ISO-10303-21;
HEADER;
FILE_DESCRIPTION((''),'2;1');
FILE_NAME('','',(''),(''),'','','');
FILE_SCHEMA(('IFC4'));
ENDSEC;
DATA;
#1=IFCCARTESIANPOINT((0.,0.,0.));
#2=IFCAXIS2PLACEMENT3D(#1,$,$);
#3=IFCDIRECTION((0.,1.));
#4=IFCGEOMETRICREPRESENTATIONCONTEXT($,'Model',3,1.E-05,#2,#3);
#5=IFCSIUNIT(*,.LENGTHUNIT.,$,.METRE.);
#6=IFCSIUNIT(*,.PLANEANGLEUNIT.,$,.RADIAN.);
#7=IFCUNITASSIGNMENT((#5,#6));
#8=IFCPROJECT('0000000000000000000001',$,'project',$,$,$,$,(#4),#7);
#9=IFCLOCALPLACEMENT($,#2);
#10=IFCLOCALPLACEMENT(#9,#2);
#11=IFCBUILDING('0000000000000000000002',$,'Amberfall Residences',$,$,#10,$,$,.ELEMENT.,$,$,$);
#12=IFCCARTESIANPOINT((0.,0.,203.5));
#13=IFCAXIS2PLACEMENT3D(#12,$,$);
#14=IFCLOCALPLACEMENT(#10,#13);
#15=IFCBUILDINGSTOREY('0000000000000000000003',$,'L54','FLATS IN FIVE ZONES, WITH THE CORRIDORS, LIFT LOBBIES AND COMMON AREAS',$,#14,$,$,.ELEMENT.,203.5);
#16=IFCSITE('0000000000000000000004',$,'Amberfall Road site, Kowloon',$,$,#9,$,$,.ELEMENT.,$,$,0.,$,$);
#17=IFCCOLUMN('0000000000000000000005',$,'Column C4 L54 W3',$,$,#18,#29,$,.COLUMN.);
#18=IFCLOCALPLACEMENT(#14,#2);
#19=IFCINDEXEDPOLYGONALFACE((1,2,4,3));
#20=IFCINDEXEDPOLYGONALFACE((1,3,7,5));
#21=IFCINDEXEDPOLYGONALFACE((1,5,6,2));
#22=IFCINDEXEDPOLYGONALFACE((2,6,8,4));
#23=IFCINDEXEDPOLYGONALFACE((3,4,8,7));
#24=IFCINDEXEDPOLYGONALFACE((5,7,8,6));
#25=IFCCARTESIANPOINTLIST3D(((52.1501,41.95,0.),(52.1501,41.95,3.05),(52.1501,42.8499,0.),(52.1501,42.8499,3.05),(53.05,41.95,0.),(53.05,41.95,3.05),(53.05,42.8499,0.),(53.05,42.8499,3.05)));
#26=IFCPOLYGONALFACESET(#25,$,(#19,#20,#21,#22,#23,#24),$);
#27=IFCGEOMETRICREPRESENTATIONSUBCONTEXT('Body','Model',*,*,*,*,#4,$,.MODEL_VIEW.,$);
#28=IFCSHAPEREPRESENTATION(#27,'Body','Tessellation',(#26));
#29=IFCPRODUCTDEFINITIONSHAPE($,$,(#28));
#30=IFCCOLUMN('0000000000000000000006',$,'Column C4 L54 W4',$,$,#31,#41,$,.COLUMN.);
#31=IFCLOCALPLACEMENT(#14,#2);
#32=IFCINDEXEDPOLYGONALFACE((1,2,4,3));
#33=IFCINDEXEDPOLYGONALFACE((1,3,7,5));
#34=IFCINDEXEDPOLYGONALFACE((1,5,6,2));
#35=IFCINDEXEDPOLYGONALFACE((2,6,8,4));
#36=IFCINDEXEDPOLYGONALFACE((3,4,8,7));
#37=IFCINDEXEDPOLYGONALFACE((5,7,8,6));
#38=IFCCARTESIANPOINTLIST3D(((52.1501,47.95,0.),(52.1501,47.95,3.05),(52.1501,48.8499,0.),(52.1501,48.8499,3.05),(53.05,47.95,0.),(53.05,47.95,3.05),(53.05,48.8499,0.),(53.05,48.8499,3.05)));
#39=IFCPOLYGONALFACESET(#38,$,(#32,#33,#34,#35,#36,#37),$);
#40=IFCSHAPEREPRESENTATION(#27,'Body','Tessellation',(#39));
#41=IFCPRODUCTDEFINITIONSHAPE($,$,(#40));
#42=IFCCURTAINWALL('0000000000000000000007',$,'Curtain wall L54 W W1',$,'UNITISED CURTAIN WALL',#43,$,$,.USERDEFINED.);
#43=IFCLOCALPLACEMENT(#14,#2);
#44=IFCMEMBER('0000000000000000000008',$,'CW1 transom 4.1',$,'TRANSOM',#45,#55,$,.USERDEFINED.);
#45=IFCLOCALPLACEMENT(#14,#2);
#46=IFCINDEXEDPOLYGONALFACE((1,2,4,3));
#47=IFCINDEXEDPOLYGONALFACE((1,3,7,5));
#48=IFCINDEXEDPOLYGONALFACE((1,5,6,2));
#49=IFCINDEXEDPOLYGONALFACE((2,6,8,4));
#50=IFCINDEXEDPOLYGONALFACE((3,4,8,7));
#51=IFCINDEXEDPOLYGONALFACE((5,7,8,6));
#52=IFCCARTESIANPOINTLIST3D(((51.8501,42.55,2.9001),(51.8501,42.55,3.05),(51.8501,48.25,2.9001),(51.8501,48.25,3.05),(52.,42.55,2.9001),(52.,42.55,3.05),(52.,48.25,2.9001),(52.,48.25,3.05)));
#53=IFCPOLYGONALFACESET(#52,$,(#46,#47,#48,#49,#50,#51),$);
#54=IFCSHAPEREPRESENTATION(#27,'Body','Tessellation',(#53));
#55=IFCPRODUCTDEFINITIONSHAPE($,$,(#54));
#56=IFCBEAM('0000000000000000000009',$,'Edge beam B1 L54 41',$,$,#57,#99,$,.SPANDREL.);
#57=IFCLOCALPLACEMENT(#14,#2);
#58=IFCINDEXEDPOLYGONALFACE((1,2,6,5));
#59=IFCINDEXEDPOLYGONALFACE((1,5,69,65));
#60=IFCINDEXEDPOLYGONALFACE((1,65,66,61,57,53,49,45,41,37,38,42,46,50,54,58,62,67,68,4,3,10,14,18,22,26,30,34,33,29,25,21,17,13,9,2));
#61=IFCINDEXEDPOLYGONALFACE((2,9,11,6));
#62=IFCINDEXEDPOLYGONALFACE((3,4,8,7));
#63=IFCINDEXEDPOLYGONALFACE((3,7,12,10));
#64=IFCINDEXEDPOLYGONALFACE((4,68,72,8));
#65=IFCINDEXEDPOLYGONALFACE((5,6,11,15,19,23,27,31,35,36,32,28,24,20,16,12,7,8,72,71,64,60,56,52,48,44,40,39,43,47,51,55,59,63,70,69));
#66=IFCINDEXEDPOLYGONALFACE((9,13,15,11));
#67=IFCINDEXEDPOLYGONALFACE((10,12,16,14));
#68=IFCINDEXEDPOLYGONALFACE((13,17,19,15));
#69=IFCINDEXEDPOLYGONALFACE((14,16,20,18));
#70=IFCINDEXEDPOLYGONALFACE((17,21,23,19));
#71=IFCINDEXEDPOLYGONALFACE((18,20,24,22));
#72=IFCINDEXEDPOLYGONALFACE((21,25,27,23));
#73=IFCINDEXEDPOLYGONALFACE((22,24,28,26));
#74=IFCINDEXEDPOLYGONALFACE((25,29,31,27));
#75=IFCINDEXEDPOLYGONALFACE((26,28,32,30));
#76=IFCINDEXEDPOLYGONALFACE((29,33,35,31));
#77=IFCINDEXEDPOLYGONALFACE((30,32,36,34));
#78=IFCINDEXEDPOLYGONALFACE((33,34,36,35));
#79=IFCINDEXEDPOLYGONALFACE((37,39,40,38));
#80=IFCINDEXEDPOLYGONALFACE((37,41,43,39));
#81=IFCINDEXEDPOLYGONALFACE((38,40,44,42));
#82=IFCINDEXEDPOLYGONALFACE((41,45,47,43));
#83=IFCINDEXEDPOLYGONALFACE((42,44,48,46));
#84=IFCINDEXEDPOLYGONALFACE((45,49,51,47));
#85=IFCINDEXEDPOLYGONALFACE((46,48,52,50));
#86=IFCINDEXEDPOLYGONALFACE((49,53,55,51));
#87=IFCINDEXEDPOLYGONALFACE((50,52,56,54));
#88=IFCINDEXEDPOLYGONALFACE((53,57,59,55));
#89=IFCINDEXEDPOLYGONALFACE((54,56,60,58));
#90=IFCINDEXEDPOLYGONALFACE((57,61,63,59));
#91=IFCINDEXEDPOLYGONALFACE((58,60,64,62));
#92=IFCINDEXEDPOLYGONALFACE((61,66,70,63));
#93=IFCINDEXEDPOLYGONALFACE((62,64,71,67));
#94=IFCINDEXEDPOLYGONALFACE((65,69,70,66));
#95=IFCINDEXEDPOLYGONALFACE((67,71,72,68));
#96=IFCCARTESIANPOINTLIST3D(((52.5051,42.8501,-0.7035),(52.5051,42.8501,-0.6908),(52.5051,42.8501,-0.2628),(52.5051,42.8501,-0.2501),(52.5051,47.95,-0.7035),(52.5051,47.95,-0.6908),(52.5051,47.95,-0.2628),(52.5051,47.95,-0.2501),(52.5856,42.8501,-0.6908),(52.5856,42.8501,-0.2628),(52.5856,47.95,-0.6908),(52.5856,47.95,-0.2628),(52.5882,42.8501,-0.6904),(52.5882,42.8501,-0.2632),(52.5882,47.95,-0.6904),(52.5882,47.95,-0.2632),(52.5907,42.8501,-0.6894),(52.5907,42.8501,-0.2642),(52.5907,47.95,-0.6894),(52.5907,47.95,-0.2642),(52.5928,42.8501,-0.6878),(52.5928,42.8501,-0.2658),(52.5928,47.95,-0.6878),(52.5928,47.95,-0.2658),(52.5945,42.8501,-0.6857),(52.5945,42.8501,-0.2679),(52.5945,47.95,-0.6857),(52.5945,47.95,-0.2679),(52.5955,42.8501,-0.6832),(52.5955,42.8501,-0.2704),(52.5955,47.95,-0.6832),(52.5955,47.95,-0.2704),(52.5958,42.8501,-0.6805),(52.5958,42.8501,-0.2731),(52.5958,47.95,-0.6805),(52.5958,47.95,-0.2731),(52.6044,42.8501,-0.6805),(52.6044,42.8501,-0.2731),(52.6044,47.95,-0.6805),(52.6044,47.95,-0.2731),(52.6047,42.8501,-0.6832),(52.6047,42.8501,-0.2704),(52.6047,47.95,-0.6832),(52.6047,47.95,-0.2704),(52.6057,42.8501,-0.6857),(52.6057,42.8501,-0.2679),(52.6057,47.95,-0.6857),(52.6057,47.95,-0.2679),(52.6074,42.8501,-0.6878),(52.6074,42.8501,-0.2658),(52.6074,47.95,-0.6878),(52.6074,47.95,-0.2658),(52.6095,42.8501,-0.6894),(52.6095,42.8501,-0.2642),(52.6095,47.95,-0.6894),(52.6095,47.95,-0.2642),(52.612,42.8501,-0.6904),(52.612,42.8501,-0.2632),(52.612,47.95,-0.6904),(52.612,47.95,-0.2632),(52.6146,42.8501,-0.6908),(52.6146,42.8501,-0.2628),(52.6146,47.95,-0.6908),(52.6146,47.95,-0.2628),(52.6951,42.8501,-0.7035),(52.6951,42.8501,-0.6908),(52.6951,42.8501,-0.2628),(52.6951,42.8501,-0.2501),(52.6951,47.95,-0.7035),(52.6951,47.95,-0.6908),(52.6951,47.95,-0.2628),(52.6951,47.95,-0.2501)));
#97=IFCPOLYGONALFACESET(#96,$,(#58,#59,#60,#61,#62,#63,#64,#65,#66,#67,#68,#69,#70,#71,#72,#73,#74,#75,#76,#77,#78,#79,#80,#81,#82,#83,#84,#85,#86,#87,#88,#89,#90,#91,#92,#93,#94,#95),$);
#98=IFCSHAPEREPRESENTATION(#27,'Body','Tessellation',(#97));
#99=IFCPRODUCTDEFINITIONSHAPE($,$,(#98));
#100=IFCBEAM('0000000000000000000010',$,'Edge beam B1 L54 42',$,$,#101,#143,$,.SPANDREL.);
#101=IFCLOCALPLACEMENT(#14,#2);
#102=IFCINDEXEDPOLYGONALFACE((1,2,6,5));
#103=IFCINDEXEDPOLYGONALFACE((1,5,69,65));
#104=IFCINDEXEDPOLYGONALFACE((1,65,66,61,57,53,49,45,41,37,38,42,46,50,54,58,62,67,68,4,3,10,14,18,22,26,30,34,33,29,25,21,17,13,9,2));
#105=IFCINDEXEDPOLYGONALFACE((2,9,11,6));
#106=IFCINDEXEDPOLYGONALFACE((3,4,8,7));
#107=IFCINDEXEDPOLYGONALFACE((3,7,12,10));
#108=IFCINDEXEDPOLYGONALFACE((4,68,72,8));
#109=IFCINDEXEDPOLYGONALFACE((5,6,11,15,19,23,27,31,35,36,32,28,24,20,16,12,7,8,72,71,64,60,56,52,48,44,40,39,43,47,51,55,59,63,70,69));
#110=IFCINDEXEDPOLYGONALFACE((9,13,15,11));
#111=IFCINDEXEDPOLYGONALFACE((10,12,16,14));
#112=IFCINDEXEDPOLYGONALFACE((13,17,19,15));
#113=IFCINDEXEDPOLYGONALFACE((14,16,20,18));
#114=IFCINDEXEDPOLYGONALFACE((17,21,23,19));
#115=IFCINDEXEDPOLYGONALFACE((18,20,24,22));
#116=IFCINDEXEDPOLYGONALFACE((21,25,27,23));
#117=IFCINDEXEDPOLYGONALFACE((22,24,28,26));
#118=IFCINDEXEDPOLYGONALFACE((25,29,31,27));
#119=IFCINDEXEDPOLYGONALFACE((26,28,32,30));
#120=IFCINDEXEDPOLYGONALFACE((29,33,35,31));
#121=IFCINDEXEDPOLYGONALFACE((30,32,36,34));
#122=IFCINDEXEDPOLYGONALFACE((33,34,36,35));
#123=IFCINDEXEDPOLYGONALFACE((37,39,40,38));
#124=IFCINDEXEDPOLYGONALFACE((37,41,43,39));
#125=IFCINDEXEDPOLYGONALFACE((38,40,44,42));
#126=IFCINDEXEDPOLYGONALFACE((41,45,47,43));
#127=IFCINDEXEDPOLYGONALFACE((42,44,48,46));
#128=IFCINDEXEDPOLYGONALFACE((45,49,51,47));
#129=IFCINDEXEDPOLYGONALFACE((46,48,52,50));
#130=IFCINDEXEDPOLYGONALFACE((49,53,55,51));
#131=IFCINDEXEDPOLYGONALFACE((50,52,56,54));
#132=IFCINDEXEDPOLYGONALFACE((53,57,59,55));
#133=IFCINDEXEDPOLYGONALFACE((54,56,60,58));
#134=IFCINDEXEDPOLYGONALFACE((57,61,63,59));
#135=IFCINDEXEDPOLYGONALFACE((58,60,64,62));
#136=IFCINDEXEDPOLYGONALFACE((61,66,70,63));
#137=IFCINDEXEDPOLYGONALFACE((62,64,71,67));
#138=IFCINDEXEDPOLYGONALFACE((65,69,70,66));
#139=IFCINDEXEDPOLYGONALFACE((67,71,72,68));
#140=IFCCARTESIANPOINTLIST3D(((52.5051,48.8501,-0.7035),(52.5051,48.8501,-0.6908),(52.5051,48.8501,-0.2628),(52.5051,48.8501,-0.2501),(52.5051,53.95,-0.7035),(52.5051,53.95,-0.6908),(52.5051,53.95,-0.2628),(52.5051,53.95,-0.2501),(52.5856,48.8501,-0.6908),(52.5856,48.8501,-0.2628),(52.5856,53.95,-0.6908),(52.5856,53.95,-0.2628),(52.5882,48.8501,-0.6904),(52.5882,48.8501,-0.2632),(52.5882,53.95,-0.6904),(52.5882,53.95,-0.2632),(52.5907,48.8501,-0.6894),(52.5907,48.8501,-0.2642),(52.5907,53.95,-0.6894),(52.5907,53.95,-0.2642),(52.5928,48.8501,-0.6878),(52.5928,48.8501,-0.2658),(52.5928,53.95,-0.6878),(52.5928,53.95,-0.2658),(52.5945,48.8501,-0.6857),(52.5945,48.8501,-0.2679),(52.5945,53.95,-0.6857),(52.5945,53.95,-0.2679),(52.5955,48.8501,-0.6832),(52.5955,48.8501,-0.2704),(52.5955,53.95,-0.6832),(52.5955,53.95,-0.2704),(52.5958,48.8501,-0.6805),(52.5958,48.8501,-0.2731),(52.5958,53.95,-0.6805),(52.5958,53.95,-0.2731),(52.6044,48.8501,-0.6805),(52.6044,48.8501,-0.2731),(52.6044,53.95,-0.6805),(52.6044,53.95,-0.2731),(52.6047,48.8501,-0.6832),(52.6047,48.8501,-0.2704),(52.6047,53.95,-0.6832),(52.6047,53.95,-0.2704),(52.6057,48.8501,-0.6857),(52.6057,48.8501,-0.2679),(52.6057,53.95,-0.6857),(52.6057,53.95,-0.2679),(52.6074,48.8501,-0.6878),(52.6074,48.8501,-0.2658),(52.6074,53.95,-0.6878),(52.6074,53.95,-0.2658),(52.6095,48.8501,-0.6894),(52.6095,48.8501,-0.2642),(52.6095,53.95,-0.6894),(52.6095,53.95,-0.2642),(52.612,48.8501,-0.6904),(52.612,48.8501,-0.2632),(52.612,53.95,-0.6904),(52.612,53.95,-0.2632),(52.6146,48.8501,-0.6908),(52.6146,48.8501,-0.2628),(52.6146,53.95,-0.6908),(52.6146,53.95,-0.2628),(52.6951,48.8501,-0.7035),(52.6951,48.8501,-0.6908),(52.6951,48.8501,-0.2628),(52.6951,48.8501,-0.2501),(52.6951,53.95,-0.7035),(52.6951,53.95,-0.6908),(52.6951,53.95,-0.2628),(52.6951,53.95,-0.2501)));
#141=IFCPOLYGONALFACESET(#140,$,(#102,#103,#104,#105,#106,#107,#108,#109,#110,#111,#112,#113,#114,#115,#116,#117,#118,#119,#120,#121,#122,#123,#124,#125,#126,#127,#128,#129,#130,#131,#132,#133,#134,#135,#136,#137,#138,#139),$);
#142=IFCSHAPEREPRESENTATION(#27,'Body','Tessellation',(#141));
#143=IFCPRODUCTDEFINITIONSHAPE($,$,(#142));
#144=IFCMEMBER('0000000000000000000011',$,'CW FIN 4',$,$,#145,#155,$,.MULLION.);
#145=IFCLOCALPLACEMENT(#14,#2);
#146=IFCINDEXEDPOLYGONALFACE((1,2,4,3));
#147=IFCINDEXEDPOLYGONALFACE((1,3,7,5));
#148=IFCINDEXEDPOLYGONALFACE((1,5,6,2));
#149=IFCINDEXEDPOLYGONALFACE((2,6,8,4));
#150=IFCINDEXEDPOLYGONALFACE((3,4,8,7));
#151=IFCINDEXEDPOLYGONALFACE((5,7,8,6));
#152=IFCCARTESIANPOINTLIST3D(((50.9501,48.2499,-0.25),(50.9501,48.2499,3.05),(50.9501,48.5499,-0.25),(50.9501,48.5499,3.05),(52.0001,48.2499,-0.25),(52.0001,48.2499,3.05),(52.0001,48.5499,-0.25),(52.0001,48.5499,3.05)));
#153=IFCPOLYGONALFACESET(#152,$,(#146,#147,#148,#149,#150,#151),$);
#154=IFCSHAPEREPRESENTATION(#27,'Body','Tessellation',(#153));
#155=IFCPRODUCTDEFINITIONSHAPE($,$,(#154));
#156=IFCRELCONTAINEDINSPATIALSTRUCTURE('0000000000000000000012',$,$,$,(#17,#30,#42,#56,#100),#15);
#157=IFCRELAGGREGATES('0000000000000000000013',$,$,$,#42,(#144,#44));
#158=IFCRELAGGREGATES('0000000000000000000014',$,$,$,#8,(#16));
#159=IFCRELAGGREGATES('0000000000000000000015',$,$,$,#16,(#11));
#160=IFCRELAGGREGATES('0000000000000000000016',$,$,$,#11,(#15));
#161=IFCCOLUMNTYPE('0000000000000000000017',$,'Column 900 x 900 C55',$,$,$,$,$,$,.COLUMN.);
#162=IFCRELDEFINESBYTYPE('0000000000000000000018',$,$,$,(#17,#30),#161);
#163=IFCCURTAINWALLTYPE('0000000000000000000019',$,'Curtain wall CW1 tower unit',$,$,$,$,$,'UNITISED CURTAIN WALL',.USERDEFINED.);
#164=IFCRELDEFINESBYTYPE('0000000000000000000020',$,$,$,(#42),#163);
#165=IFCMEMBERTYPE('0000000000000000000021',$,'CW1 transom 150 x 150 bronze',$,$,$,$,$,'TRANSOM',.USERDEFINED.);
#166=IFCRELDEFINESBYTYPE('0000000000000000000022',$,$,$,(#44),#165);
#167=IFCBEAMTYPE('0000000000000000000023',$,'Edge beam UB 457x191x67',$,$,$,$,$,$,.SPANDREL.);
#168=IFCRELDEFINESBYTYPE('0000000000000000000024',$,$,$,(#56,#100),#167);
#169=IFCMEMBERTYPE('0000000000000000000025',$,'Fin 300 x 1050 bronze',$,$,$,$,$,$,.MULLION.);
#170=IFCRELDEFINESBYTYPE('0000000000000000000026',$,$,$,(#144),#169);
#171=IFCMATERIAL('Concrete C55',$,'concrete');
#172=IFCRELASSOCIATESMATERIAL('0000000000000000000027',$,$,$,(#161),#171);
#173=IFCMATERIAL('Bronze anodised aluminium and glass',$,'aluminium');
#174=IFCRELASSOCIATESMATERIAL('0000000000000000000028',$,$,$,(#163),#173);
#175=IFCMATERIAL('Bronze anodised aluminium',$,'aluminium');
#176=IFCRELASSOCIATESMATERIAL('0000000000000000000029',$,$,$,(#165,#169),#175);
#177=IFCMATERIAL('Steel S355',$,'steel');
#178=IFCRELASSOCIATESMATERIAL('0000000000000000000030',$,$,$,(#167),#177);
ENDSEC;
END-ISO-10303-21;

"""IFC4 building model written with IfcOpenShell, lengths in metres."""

from ifc_helpers import new_model, si_unit, direction, frame, origin, origin_2d, place, context, subcontext, project, spatial, rectangle, i_section, extrude, material, material_profile, profile_set, type_object, element, aggregate, save


model = new_model("IFC4")

# Units and contexts
model_context = context("Model", 3, precision=1e-05, world=origin(), true_north=direction((0.0, 1.0)))
body_context = subcontext(model_context, "Body", "Model", "MODEL_VIEW")
ifc_project = project(units=[si_unit("LENGTHUNIT", "METRE"), si_unit("PLANEANGLEUNIT", "RADIAN")], contexts=[model_context])

# Site, building, storey
site_placement = place(None, origin())
site = spatial("IfcSite", under=ifc_project, at=site_placement, Name="Amberfall Road site, Kowloon", CompositionType="ELEMENT", RefElevation=0.0)
building_placement = place(site_placement, origin())
building = spatial("IfcBuilding", under=site, at=building_placement, Name="Amberfall Residences", CompositionType="ELEMENT")
storey_placement = place(building_placement, frame((0.0, 0.0, 203.5)))
storey = spatial("IfcBuildingStorey", under=building, at=storey_placement, Name="L54", Description="FLATS IN FIVE ZONES, WITH THE CORRIDORS, LIFT LOBBIES AND COMMON AREAS", CompositionType="ELEMENT", Elevation=203.5)

# Columns
ifc_material_1 = material(Name="Concrete C55", Category="concrete")
ifc_material_profile_1 = material_profile(ifc_material_1, rectangle(XDim=0.8999, YDim=0.8999, at=origin_2d()), Name="Column 900 x 900 C55")
ifc_profile_set_1 = profile_set([ifc_material_profile_1], Name="Concrete C55")
column_type = type_object("IfcColumnType", Name="Column 900 x 900 C55", PredefinedType="COLUMN", material=ifc_profile_set_1)
for number, where, z_axis, x_axis, name in (
    (1, (52.6001, 42.3999, 0.0), (0.0, 0.0, 1.0), (1.0, 0.0, 0.0), "Column C4 L54 W3"),
    (2, (52.6001, 48.3999, 0.0), (0.0, 0.0, 1.0), (1.0, 0.0, 0.0), "Column C4 L54 W4"),
):
    element("IfcColumn", number, at=place(storey_placement, frame(where, z_axis=z_axis, x_axis=x_axis)), inside=storey, type_object=column_type, Name=name, PredefinedType="COLUMN", context=body_context, shape_type="SweptSolid", body=[
        extrude(rectangle(XDim=0.8999, YDim=0.8999, at=origin_2d()), origin(), (0.0, 0.0, 1.0), 3.05),
    ])

# Curtain wall, member
ifc_material_2 = material(Name="Bronze anodised aluminium and glass", Category="aluminium")
curtain_wall_type = type_object("IfcCurtainWallType", Name="Curtain wall CW1 tower unit", ElementType="UNITISED CURTAIN WALL", PredefinedType="USERDEFINED", material=ifc_material_2)
curtain_wall_placement = place(storey_placement, origin())
curtain_wall = element("IfcCurtainWall", 3, at=curtain_wall_placement, inside=storey, type_object=curtain_wall_type, Name="Curtain wall L54 W W1", ObjectType="UNITISED CURTAIN WALL", PredefinedType="USERDEFINED")
ifc_material_3 = material(Name="Bronze anodised aluminium", Category="aluminium")
ifc_material_profile_2 = material_profile(ifc_material_3, rectangle(XDim=0.1499, YDim=0.1499, at=origin_2d()), Name="CW1 transom 150 x 150 bronze")
ifc_profile_set_2 = profile_set([ifc_material_profile_2], Name="Bronze anodised aluminium")
member_type_1 = type_object("IfcMemberType", Name="CW1 transom 150 x 150 bronze", ElementType="TRANSOM", PredefinedType="USERDEFINED", material=ifc_profile_set_2)
member_1_placement = place(storey_placement, frame((51.925, 48.25, 2.9751), z_axis=(0.0, -1.0, 0.0), x_axis=(1.0, 0.0, 0.0)))
member_1 = element("IfcMember", 4, at=member_1_placement, type_object=member_type_1, Name="CW1 transom 4.1", ObjectType="TRANSOM", PredefinedType="USERDEFINED", context=body_context, shape_type="SweptSolid", body=[
    extrude(rectangle(XDim=0.1499, YDim=0.1499, at=origin_2d()), origin(), (0.0, 0.0, 1.0), 5.7),
])

# Beams
ifc_material_4 = material(Name="Steel S355", Category="steel")
ifc_material_profile_3 = material_profile(ifc_material_4, i_section(OverallWidth=0.1899, OverallDepth=0.4534, WebThickness=0.0085, FlangeThickness=0.0127, FilletRadius=0.0103, at=origin_2d()), Name="UB 457x191x67")
ifc_profile_set_3 = profile_set([ifc_material_profile_3], Name="Steel S355")
beam_type_1 = type_object("IfcBeamType", Name="Edge beam UB 457x191x67", PredefinedType="SPANDREL", material=ifc_profile_set_3)
for number, where, z_axis, x_axis, name in (
    (5, (52.6001, 42.8501, -0.4768), (0.0, 1.0, 0.0), (-1.0, 0.0, 0.0), "Edge beam B1 L54 41"),
    (6, (52.6001, 48.8501, -0.4768), (0.0, 1.0, 0.0), (-1.0, 0.0, 0.0), "Edge beam B1 L54 42"),
):
    element("IfcBeam", number, at=place(storey_placement, frame(where, z_axis=z_axis, x_axis=x_axis)), inside=storey, type_object=beam_type_1, Name=name, PredefinedType="SPANDREL", context=body_context, shape_type="SweptSolid", body=[
        extrude(i_section(OverallWidth=0.1899, OverallDepth=0.4534, WebThickness=0.0085, FlangeThickness=0.0127, FilletRadius=0.0103, at=origin_2d()), origin(), (0.0, 0.0, 1.0), 5.0999),
    ])

# Member
ifc_material_profile_4 = material_profile(ifc_material_3, rectangle(XDim=1.05, YDim=0.3, at=origin_2d()), Name="Fin 300 x 1050 bronze")
ifc_profile_set_4 = profile_set([ifc_material_profile_4], Name="Bronze anodised aluminium")
member_type_2 = type_object("IfcMemberType", Name="Fin 300 x 1050 bronze", PredefinedType="MULLION", material=ifc_profile_set_4)
member_2_placement = place(storey_placement, frame((51.4751, 48.3999, -0.25), z_axis=(0.0, 0.0, 1.0), x_axis=(1.0, 0.0, 0.0)))
member_2 = element("IfcMember", 7, at=member_2_placement, type_object=member_type_2, Name="CW FIN 4", PredefinedType="MULLION", context=body_context, shape_type="SweptSolid", body=[
    extrude(rectangle(XDim=1.05, YDim=0.3, at=origin_2d()), origin(), (0.0, 0.0, 1.0), 3.3),
])

aggregate(curtain_wall, [member_2, member_1])

save(model, "model.ifc")
